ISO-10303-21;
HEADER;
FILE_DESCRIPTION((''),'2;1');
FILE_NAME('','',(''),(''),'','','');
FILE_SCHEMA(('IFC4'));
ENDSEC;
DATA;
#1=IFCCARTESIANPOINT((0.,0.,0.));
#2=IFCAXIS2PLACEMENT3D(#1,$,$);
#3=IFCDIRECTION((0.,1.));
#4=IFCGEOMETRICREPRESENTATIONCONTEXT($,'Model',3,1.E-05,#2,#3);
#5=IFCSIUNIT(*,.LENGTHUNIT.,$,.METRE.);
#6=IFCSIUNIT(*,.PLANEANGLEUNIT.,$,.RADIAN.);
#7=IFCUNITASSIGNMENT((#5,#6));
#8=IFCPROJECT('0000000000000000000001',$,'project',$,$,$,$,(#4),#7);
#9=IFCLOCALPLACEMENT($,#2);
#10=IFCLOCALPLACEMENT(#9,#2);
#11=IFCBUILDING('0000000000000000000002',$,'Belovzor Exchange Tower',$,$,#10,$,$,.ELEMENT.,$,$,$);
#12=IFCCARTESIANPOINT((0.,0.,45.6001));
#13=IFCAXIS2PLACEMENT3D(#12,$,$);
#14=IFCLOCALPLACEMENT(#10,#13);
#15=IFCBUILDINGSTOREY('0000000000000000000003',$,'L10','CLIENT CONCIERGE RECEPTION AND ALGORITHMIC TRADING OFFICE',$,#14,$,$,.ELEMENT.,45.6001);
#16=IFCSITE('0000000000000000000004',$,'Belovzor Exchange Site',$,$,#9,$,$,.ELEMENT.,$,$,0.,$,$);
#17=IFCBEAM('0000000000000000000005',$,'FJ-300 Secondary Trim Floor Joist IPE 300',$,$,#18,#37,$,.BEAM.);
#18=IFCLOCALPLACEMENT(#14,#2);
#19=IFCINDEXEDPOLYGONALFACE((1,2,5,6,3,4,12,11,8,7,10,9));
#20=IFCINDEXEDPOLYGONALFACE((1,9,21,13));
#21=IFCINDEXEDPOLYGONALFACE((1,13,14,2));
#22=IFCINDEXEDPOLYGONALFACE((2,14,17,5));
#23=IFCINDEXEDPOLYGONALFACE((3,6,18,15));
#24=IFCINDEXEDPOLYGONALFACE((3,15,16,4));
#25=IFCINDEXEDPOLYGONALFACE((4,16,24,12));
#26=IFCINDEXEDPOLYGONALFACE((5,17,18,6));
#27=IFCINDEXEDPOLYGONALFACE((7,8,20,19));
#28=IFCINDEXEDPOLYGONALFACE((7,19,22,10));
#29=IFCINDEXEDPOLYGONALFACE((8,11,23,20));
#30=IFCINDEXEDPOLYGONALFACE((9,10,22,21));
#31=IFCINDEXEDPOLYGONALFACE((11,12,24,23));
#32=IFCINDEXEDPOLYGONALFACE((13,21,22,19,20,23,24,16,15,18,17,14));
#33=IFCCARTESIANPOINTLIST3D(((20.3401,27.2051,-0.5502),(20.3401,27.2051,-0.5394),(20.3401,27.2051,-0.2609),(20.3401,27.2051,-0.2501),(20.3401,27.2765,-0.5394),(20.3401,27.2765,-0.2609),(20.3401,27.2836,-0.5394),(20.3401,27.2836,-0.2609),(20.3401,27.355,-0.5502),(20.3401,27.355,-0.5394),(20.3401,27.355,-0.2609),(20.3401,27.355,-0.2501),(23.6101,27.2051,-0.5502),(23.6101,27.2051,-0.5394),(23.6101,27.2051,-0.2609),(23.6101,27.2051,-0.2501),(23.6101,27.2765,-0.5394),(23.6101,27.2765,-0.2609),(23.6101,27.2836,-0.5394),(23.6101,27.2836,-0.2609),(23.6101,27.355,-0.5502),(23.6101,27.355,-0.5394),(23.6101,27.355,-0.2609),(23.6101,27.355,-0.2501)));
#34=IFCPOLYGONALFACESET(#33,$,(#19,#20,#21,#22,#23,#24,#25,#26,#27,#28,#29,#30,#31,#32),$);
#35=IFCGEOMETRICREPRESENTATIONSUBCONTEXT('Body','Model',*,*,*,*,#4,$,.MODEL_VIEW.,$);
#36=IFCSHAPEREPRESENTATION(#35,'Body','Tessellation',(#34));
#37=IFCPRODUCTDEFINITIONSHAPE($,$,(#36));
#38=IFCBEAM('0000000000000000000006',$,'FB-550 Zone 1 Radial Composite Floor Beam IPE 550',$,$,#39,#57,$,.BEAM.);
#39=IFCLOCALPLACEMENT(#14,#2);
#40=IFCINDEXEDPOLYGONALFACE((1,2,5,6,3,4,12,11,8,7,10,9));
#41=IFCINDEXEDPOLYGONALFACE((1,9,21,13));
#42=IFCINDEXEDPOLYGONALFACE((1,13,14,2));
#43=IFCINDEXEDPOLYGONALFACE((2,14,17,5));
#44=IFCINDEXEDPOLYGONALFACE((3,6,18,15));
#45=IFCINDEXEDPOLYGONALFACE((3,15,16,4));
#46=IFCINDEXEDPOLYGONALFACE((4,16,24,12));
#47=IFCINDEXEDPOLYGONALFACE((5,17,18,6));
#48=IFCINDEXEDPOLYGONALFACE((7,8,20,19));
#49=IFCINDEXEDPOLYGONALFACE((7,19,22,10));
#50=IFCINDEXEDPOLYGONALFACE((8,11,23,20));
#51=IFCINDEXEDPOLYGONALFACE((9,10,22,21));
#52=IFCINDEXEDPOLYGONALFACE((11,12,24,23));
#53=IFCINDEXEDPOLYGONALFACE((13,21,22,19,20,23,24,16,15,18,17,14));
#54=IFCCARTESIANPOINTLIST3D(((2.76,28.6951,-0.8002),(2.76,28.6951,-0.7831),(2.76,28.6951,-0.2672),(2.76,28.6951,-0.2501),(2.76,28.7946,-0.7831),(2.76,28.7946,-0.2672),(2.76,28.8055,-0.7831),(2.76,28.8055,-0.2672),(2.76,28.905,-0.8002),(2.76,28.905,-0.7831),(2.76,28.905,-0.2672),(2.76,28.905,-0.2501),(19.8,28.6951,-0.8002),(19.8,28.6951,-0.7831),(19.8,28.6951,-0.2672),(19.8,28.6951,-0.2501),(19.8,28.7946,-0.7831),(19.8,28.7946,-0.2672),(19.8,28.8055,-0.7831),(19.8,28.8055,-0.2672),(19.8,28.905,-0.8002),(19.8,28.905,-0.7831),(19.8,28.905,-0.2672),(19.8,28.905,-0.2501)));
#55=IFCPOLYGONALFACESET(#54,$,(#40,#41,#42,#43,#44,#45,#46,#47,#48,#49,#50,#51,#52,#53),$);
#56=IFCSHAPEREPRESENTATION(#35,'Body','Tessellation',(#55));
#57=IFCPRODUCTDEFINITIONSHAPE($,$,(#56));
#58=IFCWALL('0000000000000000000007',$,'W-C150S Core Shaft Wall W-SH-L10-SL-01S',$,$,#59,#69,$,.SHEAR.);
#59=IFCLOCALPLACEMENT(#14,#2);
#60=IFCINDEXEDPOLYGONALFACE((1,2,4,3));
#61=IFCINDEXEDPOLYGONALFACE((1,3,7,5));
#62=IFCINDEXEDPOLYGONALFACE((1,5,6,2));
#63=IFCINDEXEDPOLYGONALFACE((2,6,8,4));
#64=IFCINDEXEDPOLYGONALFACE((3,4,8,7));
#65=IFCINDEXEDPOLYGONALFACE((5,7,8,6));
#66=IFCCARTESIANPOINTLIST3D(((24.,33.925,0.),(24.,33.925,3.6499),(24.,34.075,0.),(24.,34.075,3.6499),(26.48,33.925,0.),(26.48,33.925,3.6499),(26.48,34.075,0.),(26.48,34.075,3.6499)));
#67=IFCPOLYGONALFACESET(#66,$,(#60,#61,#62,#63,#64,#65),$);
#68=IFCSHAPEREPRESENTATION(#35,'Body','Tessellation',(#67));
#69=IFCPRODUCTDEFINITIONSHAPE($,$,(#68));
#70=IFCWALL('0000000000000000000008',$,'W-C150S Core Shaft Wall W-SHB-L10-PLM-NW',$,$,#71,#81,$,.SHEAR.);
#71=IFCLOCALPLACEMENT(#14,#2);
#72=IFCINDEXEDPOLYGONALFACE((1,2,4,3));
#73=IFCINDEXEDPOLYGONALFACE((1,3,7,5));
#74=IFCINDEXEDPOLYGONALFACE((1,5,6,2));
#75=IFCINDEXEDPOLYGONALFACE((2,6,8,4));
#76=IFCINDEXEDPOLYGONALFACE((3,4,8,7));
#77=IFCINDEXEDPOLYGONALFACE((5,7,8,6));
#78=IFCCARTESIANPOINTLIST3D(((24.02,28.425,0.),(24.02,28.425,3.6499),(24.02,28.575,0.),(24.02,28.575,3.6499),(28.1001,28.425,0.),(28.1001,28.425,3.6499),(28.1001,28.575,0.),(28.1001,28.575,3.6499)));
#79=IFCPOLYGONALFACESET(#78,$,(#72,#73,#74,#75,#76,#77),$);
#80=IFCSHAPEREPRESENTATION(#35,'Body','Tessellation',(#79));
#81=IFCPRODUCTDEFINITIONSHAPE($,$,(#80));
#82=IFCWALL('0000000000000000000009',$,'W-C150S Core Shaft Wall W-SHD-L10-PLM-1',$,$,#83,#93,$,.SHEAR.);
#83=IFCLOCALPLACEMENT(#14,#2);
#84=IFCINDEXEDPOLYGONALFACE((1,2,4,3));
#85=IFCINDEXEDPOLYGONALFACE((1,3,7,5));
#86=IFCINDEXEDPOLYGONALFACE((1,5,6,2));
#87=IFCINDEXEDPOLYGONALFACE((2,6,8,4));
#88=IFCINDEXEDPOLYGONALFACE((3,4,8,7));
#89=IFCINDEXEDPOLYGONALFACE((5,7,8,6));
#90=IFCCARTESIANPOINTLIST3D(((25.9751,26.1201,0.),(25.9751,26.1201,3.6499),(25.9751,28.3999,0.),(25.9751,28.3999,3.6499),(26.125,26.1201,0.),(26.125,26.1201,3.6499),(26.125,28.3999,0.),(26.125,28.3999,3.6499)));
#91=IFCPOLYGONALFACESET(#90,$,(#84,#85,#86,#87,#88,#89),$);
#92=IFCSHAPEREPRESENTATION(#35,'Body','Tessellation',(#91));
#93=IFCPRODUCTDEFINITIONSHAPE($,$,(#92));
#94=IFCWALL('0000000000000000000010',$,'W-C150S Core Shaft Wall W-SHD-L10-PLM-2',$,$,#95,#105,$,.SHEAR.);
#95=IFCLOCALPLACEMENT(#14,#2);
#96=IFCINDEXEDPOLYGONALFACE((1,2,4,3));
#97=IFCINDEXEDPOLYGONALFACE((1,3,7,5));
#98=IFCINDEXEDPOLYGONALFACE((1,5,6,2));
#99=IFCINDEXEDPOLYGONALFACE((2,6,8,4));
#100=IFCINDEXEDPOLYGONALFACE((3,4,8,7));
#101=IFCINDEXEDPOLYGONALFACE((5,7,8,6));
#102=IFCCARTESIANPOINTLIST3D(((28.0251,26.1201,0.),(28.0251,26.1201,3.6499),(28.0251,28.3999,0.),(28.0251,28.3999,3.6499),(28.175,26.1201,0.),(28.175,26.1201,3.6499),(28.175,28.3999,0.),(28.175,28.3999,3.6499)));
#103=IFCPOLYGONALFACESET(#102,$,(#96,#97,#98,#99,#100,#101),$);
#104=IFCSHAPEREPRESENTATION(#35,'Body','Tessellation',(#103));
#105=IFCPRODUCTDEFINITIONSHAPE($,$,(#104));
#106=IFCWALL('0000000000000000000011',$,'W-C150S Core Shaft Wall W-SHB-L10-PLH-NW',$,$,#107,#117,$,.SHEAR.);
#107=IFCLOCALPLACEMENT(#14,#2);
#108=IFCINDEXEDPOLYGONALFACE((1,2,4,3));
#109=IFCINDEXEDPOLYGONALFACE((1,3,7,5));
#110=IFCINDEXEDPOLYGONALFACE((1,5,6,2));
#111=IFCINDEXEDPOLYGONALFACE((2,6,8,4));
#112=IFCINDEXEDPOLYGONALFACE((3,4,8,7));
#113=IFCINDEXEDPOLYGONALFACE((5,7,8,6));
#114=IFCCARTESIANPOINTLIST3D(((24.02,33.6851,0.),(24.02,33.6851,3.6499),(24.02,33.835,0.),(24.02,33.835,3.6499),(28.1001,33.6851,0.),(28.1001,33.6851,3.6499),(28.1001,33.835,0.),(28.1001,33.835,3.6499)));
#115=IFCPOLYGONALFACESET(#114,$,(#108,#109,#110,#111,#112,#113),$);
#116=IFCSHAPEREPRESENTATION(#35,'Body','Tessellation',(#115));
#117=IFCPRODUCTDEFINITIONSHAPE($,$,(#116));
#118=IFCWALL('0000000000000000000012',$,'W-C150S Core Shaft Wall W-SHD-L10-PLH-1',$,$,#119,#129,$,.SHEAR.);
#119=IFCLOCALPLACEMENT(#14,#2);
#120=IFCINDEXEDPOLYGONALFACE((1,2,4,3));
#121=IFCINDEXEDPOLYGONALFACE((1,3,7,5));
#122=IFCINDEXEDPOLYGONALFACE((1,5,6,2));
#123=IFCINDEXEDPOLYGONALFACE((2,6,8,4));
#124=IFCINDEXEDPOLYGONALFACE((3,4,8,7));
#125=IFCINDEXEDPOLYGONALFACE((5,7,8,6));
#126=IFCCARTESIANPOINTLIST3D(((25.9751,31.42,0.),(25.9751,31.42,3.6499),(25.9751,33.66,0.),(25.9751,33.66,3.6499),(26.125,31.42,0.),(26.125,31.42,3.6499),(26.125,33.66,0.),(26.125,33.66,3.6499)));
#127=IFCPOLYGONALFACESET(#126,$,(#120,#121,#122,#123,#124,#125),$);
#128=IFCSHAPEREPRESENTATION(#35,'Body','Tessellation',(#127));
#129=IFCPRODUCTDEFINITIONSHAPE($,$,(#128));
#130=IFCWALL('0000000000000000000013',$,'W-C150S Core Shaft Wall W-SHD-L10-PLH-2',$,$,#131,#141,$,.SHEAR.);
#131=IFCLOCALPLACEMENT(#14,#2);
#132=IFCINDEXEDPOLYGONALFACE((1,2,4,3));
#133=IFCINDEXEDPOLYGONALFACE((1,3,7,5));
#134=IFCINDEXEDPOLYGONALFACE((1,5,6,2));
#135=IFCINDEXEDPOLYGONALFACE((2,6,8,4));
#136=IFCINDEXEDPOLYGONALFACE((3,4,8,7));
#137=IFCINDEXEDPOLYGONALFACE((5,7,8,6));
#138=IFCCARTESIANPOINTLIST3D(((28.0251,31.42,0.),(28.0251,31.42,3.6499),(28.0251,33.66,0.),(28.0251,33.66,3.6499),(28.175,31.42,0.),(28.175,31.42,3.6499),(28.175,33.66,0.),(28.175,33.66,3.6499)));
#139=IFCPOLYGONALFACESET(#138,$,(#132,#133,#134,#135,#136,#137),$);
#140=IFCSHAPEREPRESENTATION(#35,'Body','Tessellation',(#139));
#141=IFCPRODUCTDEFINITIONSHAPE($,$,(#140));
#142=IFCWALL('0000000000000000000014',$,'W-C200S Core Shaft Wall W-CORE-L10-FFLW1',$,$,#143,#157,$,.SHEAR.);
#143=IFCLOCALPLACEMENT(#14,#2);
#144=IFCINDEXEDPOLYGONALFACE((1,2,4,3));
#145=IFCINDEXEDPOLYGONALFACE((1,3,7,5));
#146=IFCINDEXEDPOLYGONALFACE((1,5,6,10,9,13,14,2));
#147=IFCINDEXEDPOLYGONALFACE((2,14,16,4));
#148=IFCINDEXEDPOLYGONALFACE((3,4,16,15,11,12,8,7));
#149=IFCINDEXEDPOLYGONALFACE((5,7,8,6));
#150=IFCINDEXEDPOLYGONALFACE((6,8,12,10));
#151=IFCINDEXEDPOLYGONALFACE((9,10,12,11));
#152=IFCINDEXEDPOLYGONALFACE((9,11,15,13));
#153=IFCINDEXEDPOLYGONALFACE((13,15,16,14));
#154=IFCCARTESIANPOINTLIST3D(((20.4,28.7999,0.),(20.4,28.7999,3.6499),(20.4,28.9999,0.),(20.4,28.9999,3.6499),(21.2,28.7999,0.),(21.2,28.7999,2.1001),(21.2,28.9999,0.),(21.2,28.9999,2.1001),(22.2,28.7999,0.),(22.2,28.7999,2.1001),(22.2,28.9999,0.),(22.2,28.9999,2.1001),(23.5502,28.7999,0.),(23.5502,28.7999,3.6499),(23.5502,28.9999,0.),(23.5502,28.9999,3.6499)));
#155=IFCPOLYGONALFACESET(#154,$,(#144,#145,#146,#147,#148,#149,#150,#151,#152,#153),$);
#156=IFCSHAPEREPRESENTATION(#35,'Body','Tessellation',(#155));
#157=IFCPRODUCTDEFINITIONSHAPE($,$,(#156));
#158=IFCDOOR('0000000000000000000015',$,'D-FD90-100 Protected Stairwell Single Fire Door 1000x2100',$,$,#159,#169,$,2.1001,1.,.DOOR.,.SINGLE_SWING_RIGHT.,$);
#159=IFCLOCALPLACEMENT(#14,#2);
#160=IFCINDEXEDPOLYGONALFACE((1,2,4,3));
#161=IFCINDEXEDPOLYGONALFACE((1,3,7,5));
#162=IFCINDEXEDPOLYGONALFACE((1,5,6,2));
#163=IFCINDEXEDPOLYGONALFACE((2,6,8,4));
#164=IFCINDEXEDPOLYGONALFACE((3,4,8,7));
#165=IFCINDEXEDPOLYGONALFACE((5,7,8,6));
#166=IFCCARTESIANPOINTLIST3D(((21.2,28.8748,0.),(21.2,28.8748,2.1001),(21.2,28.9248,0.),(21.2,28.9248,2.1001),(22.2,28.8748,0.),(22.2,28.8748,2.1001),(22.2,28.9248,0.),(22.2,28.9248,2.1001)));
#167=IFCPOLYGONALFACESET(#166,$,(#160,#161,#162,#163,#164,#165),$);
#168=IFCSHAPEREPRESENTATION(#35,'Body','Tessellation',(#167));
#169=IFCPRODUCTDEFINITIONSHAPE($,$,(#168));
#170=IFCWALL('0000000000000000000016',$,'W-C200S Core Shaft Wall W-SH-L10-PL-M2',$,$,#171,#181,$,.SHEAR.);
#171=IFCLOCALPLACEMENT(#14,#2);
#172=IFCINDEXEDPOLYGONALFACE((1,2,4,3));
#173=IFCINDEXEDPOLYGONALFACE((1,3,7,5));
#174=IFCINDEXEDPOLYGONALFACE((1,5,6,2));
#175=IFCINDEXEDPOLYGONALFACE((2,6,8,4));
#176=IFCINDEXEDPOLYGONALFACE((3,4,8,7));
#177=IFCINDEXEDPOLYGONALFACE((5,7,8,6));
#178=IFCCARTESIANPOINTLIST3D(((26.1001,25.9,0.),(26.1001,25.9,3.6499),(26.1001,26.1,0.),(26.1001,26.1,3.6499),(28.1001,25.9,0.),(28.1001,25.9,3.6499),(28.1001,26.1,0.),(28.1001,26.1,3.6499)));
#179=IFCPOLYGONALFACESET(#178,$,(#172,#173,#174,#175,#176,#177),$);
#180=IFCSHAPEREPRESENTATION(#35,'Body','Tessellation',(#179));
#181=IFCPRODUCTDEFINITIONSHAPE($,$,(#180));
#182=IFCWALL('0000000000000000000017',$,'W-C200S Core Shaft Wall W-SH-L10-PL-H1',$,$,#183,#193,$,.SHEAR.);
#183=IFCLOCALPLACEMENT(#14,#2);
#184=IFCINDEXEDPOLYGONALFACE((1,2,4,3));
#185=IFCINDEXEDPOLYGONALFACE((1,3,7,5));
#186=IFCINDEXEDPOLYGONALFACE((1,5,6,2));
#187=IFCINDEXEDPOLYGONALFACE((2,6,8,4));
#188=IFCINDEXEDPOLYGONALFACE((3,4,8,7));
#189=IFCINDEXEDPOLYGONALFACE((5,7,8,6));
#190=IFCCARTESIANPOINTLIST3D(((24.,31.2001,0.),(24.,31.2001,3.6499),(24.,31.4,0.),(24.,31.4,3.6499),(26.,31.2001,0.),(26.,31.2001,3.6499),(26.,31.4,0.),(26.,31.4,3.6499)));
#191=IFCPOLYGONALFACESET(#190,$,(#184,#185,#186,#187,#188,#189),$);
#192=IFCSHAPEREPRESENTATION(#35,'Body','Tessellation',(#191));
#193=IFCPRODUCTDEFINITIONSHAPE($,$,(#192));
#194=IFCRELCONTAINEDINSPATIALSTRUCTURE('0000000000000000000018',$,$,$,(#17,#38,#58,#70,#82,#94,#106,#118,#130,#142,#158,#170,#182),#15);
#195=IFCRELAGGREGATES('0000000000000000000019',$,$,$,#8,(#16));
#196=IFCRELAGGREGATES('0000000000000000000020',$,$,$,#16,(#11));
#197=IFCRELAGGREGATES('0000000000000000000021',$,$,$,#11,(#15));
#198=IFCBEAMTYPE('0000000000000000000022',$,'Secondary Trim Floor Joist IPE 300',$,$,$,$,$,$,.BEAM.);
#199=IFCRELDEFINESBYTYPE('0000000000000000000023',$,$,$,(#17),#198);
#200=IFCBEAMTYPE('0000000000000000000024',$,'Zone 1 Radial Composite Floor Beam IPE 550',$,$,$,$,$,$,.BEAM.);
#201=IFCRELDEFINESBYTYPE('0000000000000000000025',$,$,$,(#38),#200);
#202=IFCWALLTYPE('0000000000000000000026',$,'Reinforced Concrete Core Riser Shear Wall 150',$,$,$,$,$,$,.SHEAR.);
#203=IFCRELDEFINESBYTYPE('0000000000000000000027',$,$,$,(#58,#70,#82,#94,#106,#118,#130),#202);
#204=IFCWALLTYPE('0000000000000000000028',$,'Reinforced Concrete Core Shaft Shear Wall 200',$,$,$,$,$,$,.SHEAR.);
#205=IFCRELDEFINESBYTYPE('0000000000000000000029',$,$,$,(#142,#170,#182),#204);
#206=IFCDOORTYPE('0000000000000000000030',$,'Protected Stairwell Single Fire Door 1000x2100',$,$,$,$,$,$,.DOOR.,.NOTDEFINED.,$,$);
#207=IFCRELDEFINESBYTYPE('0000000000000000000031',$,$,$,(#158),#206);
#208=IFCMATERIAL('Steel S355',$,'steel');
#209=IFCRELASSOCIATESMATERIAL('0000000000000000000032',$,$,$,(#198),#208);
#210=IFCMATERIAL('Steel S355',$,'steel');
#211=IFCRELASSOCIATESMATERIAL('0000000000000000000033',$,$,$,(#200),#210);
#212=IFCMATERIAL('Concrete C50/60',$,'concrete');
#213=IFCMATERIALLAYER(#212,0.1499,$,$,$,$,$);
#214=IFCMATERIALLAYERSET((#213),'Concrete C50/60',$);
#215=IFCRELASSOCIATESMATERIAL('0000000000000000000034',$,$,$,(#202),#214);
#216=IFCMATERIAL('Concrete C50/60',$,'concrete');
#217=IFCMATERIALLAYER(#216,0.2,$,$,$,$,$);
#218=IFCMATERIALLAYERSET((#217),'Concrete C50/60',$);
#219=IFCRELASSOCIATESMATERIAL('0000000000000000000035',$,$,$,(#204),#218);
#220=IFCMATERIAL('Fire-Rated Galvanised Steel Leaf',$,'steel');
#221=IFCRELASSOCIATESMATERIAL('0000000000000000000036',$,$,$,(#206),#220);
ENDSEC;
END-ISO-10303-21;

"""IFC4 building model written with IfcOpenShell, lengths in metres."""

from ifc_helpers import new_model, si_unit, direction, frame, frame_2d, origin, origin_2d, place, context, subcontext, project, spatial, rectangle, i_section, extrude, material, layer, layer_set, material_profile, profile_set, type_object, element, fill, save


model = new_model("IFC4")

# Units and contexts
model_context = context("Model", 3, precision=1e-05, world=origin(), true_north=direction((0.0, 1.0)))
body_context = subcontext(model_context, "Body", "Model", "MODEL_VIEW")
ifc_project = project(units=[si_unit("LENGTHUNIT", "METRE"), si_unit("PLANEANGLEUNIT", "RADIAN")], contexts=[model_context])

# Site, building, storey
site_placement = place(None, origin())
site = spatial("IfcSite", under=ifc_project, at=site_placement, Name="Belovzor Exchange Site", CompositionType="ELEMENT", RefElevation=0.0)
building_placement = place(site_placement, origin())
building = spatial("IfcBuilding", under=site, at=building_placement, Name="Belovzor Exchange Tower", CompositionType="ELEMENT")
storey_placement = place(building_placement, frame((0.0, 0.0, 45.6001)))
storey = spatial("IfcBuildingStorey", under=building, at=storey_placement, Name="L10", Description="CLIENT CONCIERGE RECEPTION AND ALGORITHMIC TRADING OFFICE", CompositionType="ELEMENT", Elevation=45.6001)

# Beams
ifc_material_1 = material(Name="Steel S355", Category="steel")
ifc_material_profile_1 = material_profile(ifc_material_1, i_section(OverallWidth=0.1499, OverallDepth=0.3, WebThickness=0.0071, FlangeThickness=0.0107, at=origin_2d()))
ifc_profile_set_1 = profile_set([ifc_material_profile_1], Name="Steel S355")
beam_type_1 = type_object("IfcBeamType", Name="Secondary Trim Floor Joist IPE 300", PredefinedType="BEAM", material=ifc_profile_set_1)
beam_1_placement = place(storey_placement, frame((20.3401, 27.28, -0.4001), z_axis=(1.0, 0.0, 0.0), x_axis=(0.0, 1.0, 0.0)))
element("IfcBeam", 1, at=beam_1_placement, inside=storey, type_object=beam_type_1, Name="FJ-300 Secondary Trim Floor Joist IPE 300", PredefinedType="BEAM", context=body_context, shape_type="SweptSolid", body=[
    extrude(i_section(OverallWidth=0.1499, OverallDepth=0.3, WebThickness=0.0071, FlangeThickness=0.0107, at=origin_2d()), origin(), (0.0, 0.0, 1.0), 3.27),
])
ifc_material_2 = material(Name="Steel S355", Category="steel")
ifc_material_profile_2 = material_profile(ifc_material_2, i_section(OverallWidth=0.21, OverallDepth=0.55, WebThickness=0.011, FlangeThickness=0.0171, at=origin_2d()))
ifc_profile_set_2 = profile_set([ifc_material_profile_2], Name="Steel S355")
beam_type_2 = type_object("IfcBeamType", Name="Zone 1 Radial Composite Floor Beam IPE 550", PredefinedType="BEAM", material=ifc_profile_set_2)
beam_2_placement = place(storey_placement, frame((19.8, 28.8, -0.5251), z_axis=(-1.0, 0.0, 0.0), x_axis=(0.0, -1.0, 0.0)))
element("IfcBeam", 2, at=beam_2_placement, inside=storey, type_object=beam_type_2, Name="FB-550 Zone 1 Radial Composite Floor Beam IPE 550", PredefinedType="BEAM", context=body_context, shape_type="SweptSolid", body=[
    extrude(i_section(OverallWidth=0.21, OverallDepth=0.55, WebThickness=0.011, FlangeThickness=0.0171, at=origin_2d()), origin(), (0.0, 0.0, 1.0), 17.04),
])

# Walls
ifc_material_3 = material(Name="Concrete C50/60", Category="concrete")
ifc_layer_1 = layer(ifc_material_3, 0.1499)
ifc_layer_set_1 = layer_set([ifc_layer_1], Name="Concrete C50/60")
wall_type_1 = type_object("IfcWallType", Name="Reinforced Concrete Core Riser Shear Wall 150", PredefinedType="SHEAR", material=ifc_layer_set_1)
wall_1_placement = place(storey_placement, frame((24.0, 34.0, 0.0), z_axis=(0.0, 0.0, 1.0), x_axis=(1.0, 0.0, 0.0)))
element("IfcWall", 3, at=wall_1_placement, inside=storey, type_object=wall_type_1, Name="W-C150S Core Shaft Wall W-SH-L10-SL-01S", PredefinedType="SHEAR", context=body_context, shape_type="SweptSolid", body=[
    extrude(rectangle(XDim=2.48, YDim=0.1499, at=frame_2d((1.24, 0.0))), origin(), (0.0, 0.0, 1.0), 3.6499),
])
wall_2_placement = place(storey_placement, frame((24.02, 28.5, 0.0), z_axis=(0.0, 0.0, 1.0), x_axis=(1.0, 0.0, 0.0)))
element("IfcWall", 4, at=wall_2_placement, inside=storey, type_object=wall_type_1, Name="W-C150S Core Shaft Wall W-SHB-L10-PLM-NW", PredefinedType="SHEAR", context=body_context, shape_type="SweptSolid", body=[
    extrude(rectangle(XDim=4.0801, YDim=0.1499, at=frame_2d((2.04, 0.0))), origin(), (0.0, 0.0, 1.0), 3.6499),
])
for number, where, z_axis, x_axis, name in (
    (5, (26.05, 26.1201, 0.0), (0.0, 0.0, 1.0), (0.0, 1.0, 0.0), "W-C150S Core Shaft Wall W-SHD-L10-PLM-1"),
    (6, (28.1001, 26.1201, 0.0), (0.0, 0.0, 1.0), (0.0, 1.0, 0.0), "W-C150S Core Shaft Wall W-SHD-L10-PLM-2"),
):
    element("IfcWall", number, at=place(storey_placement, frame(where, z_axis=z_axis, x_axis=x_axis)), inside=storey, type_object=wall_type_1, Name=name, PredefinedType="SHEAR", context=body_context, shape_type="SweptSolid", body=[
        extrude(rectangle(XDim=2.2798, YDim=0.1499, at=frame_2d((1.1399, 0.0))), origin(), (0.0, 0.0, 1.0), 3.6499),
    ])
wall_3_placement = place(storey_placement, frame((24.02, 33.76, 0.0), z_axis=(0.0, 0.0, 1.0), x_axis=(1.0, 0.0, 0.0)))
element("IfcWall", 7, at=wall_3_placement, inside=storey, type_object=wall_type_1, Name="W-C150S Core Shaft Wall W-SHB-L10-PLH-NW", PredefinedType="SHEAR", context=body_context, shape_type="SweptSolid", body=[
    extrude(rectangle(XDim=4.0801, YDim=0.1499, at=frame_2d((2.04, 0.0))), origin(), (0.0, 0.0, 1.0), 3.6499),
])
for number, where, z_axis, x_axis, name in (
    (8, (26.05, 31.4199, 0.0), (0.0, 0.0, 1.0), (0.0, 1.0, 0.0), "W-C150S Core Shaft Wall W-SHD-L10-PLH-1"),
    (9, (28.1001, 31.4199, 0.0), (0.0, 0.0, 1.0), (0.0, 1.0, 0.0), "W-C150S Core Shaft Wall W-SHD-L10-PLH-2"),
):
    element("IfcWall", number, at=place(storey_placement, frame(where, z_axis=z_axis, x_axis=x_axis)), inside=storey, type_object=wall_type_1, Name=name, PredefinedType="SHEAR", context=body_context, shape_type="SweptSolid", body=[
        extrude(rectangle(XDim=2.24, YDim=0.1499, at=frame_2d((1.1201, 0.0))), origin(), (0.0, 0.0, 1.0), 3.6499),
    ])

# Wall, opening, door
ifc_material_4 = material(Name="Concrete C50/60", Category="concrete")
ifc_layer_2 = layer(ifc_material_4, 0.2)
ifc_layer_set_2 = layer_set([ifc_layer_2], Name="Concrete C50/60")
wall_type_2 = type_object("IfcWallType", Name="Reinforced Concrete Core Shaft Shear Wall 200", PredefinedType="SHEAR", material=ifc_layer_set_2)
wall_4_placement = place(storey_placement, frame((20.3999, 28.8999, 0.0), z_axis=(0.0, 0.0, 1.0), x_axis=(1.0, 0.0, 0.0)))
wall_4 = element("IfcWall", 10, at=wall_4_placement, inside=storey, type_object=wall_type_2, Name="W-C200S Core Shaft Wall W-CORE-L10-FFLW1", PredefinedType="SHEAR", context=body_context, shape_type="SweptSolid", body=[
    extrude(rectangle(XDim=3.1501, YDim=0.2, at=frame_2d((1.5752, 0.0))), origin(), (0.0, 0.0, 1.0), 3.6499),
])
opening_1_placement = place(wall_4_placement, frame((0.8, 0.0, 0.0)))
opening_1 = element("IfcOpeningElement", 11, at=opening_1_placement, cuts=wall_4, PredefinedType="OPENING", context=body_context, shape_type="SweptSolid", body=[
    extrude(rectangle(XDim=1.0, YDim=2.1001, at=frame_2d((0.5, 1.05))), frame((0.0, 0.1099, 0.0), z_axis=(0.0, -1.0, 0.0), x_axis=(1.0, 0.0, 0.0)), (0.0, 0.0, 1.0), 0.22),
])
ifc_material_5 = material(Name="Fire-Rated Galvanised Steel Leaf", Category="steel")
door_type_1 = type_object("IfcDoorType", Name="Protected Stairwell Single Fire Door 1000x2100", OperationType="NOTDEFINED", PredefinedType="DOOR", material=ifc_material_5)
door_1_placement = place(opening_1_placement, origin())
door_1 = element("IfcDoor", 12, at=door_1_placement, inside=storey, type_object=door_type_1, Name="D-FD90-100 Protected Stairwell Single Fire Door 1000x2100", OperationType="SINGLE_SWING_RIGHT", OverallHeight=2.1001, OverallWidth=1.0, PredefinedType="DOOR", context=body_context, shape_type="SweptSolid", body=[
    extrude(rectangle(XDim=1.0, YDim=2.1001, at=frame_2d((0.5, 1.05))), frame((0.0, 0.0249, 0.0), z_axis=(0.0, -1.0, 0.0), x_axis=(1.0, 0.0, 0.0)), (0.0, 0.0, 1.0), 0.05),
])
fill(opening_1, door_1)

# Walls
for number, where, z_axis, x_axis, name in (
    (13, (26.1001, 26.0, 0.0), (0.0, 0.0, 1.0), (1.0, 0.0, 0.0), "W-C200S Core Shaft Wall W-SH-L10-PL-M2"),
    (14, (24.0, 31.3, 0.0), (0.0, 0.0, 1.0), (1.0, 0.0, 0.0), "W-C200S Core Shaft Wall W-SH-L10-PL-H1"),
):
    element("IfcWall", number, at=place(storey_placement, frame(where, z_axis=z_axis, x_axis=x_axis)), inside=storey, type_object=wall_type_2, Name=name, PredefinedType="SHEAR", context=body_context, shape_type="SweptSolid", body=[
        extrude(rectangle(XDim=2.0, YDim=0.2, at=frame_2d((1.0, 0.0))), origin(), (0.0, 0.0, 1.0), 3.6499),
    ])

save(model, "model.ifc")
